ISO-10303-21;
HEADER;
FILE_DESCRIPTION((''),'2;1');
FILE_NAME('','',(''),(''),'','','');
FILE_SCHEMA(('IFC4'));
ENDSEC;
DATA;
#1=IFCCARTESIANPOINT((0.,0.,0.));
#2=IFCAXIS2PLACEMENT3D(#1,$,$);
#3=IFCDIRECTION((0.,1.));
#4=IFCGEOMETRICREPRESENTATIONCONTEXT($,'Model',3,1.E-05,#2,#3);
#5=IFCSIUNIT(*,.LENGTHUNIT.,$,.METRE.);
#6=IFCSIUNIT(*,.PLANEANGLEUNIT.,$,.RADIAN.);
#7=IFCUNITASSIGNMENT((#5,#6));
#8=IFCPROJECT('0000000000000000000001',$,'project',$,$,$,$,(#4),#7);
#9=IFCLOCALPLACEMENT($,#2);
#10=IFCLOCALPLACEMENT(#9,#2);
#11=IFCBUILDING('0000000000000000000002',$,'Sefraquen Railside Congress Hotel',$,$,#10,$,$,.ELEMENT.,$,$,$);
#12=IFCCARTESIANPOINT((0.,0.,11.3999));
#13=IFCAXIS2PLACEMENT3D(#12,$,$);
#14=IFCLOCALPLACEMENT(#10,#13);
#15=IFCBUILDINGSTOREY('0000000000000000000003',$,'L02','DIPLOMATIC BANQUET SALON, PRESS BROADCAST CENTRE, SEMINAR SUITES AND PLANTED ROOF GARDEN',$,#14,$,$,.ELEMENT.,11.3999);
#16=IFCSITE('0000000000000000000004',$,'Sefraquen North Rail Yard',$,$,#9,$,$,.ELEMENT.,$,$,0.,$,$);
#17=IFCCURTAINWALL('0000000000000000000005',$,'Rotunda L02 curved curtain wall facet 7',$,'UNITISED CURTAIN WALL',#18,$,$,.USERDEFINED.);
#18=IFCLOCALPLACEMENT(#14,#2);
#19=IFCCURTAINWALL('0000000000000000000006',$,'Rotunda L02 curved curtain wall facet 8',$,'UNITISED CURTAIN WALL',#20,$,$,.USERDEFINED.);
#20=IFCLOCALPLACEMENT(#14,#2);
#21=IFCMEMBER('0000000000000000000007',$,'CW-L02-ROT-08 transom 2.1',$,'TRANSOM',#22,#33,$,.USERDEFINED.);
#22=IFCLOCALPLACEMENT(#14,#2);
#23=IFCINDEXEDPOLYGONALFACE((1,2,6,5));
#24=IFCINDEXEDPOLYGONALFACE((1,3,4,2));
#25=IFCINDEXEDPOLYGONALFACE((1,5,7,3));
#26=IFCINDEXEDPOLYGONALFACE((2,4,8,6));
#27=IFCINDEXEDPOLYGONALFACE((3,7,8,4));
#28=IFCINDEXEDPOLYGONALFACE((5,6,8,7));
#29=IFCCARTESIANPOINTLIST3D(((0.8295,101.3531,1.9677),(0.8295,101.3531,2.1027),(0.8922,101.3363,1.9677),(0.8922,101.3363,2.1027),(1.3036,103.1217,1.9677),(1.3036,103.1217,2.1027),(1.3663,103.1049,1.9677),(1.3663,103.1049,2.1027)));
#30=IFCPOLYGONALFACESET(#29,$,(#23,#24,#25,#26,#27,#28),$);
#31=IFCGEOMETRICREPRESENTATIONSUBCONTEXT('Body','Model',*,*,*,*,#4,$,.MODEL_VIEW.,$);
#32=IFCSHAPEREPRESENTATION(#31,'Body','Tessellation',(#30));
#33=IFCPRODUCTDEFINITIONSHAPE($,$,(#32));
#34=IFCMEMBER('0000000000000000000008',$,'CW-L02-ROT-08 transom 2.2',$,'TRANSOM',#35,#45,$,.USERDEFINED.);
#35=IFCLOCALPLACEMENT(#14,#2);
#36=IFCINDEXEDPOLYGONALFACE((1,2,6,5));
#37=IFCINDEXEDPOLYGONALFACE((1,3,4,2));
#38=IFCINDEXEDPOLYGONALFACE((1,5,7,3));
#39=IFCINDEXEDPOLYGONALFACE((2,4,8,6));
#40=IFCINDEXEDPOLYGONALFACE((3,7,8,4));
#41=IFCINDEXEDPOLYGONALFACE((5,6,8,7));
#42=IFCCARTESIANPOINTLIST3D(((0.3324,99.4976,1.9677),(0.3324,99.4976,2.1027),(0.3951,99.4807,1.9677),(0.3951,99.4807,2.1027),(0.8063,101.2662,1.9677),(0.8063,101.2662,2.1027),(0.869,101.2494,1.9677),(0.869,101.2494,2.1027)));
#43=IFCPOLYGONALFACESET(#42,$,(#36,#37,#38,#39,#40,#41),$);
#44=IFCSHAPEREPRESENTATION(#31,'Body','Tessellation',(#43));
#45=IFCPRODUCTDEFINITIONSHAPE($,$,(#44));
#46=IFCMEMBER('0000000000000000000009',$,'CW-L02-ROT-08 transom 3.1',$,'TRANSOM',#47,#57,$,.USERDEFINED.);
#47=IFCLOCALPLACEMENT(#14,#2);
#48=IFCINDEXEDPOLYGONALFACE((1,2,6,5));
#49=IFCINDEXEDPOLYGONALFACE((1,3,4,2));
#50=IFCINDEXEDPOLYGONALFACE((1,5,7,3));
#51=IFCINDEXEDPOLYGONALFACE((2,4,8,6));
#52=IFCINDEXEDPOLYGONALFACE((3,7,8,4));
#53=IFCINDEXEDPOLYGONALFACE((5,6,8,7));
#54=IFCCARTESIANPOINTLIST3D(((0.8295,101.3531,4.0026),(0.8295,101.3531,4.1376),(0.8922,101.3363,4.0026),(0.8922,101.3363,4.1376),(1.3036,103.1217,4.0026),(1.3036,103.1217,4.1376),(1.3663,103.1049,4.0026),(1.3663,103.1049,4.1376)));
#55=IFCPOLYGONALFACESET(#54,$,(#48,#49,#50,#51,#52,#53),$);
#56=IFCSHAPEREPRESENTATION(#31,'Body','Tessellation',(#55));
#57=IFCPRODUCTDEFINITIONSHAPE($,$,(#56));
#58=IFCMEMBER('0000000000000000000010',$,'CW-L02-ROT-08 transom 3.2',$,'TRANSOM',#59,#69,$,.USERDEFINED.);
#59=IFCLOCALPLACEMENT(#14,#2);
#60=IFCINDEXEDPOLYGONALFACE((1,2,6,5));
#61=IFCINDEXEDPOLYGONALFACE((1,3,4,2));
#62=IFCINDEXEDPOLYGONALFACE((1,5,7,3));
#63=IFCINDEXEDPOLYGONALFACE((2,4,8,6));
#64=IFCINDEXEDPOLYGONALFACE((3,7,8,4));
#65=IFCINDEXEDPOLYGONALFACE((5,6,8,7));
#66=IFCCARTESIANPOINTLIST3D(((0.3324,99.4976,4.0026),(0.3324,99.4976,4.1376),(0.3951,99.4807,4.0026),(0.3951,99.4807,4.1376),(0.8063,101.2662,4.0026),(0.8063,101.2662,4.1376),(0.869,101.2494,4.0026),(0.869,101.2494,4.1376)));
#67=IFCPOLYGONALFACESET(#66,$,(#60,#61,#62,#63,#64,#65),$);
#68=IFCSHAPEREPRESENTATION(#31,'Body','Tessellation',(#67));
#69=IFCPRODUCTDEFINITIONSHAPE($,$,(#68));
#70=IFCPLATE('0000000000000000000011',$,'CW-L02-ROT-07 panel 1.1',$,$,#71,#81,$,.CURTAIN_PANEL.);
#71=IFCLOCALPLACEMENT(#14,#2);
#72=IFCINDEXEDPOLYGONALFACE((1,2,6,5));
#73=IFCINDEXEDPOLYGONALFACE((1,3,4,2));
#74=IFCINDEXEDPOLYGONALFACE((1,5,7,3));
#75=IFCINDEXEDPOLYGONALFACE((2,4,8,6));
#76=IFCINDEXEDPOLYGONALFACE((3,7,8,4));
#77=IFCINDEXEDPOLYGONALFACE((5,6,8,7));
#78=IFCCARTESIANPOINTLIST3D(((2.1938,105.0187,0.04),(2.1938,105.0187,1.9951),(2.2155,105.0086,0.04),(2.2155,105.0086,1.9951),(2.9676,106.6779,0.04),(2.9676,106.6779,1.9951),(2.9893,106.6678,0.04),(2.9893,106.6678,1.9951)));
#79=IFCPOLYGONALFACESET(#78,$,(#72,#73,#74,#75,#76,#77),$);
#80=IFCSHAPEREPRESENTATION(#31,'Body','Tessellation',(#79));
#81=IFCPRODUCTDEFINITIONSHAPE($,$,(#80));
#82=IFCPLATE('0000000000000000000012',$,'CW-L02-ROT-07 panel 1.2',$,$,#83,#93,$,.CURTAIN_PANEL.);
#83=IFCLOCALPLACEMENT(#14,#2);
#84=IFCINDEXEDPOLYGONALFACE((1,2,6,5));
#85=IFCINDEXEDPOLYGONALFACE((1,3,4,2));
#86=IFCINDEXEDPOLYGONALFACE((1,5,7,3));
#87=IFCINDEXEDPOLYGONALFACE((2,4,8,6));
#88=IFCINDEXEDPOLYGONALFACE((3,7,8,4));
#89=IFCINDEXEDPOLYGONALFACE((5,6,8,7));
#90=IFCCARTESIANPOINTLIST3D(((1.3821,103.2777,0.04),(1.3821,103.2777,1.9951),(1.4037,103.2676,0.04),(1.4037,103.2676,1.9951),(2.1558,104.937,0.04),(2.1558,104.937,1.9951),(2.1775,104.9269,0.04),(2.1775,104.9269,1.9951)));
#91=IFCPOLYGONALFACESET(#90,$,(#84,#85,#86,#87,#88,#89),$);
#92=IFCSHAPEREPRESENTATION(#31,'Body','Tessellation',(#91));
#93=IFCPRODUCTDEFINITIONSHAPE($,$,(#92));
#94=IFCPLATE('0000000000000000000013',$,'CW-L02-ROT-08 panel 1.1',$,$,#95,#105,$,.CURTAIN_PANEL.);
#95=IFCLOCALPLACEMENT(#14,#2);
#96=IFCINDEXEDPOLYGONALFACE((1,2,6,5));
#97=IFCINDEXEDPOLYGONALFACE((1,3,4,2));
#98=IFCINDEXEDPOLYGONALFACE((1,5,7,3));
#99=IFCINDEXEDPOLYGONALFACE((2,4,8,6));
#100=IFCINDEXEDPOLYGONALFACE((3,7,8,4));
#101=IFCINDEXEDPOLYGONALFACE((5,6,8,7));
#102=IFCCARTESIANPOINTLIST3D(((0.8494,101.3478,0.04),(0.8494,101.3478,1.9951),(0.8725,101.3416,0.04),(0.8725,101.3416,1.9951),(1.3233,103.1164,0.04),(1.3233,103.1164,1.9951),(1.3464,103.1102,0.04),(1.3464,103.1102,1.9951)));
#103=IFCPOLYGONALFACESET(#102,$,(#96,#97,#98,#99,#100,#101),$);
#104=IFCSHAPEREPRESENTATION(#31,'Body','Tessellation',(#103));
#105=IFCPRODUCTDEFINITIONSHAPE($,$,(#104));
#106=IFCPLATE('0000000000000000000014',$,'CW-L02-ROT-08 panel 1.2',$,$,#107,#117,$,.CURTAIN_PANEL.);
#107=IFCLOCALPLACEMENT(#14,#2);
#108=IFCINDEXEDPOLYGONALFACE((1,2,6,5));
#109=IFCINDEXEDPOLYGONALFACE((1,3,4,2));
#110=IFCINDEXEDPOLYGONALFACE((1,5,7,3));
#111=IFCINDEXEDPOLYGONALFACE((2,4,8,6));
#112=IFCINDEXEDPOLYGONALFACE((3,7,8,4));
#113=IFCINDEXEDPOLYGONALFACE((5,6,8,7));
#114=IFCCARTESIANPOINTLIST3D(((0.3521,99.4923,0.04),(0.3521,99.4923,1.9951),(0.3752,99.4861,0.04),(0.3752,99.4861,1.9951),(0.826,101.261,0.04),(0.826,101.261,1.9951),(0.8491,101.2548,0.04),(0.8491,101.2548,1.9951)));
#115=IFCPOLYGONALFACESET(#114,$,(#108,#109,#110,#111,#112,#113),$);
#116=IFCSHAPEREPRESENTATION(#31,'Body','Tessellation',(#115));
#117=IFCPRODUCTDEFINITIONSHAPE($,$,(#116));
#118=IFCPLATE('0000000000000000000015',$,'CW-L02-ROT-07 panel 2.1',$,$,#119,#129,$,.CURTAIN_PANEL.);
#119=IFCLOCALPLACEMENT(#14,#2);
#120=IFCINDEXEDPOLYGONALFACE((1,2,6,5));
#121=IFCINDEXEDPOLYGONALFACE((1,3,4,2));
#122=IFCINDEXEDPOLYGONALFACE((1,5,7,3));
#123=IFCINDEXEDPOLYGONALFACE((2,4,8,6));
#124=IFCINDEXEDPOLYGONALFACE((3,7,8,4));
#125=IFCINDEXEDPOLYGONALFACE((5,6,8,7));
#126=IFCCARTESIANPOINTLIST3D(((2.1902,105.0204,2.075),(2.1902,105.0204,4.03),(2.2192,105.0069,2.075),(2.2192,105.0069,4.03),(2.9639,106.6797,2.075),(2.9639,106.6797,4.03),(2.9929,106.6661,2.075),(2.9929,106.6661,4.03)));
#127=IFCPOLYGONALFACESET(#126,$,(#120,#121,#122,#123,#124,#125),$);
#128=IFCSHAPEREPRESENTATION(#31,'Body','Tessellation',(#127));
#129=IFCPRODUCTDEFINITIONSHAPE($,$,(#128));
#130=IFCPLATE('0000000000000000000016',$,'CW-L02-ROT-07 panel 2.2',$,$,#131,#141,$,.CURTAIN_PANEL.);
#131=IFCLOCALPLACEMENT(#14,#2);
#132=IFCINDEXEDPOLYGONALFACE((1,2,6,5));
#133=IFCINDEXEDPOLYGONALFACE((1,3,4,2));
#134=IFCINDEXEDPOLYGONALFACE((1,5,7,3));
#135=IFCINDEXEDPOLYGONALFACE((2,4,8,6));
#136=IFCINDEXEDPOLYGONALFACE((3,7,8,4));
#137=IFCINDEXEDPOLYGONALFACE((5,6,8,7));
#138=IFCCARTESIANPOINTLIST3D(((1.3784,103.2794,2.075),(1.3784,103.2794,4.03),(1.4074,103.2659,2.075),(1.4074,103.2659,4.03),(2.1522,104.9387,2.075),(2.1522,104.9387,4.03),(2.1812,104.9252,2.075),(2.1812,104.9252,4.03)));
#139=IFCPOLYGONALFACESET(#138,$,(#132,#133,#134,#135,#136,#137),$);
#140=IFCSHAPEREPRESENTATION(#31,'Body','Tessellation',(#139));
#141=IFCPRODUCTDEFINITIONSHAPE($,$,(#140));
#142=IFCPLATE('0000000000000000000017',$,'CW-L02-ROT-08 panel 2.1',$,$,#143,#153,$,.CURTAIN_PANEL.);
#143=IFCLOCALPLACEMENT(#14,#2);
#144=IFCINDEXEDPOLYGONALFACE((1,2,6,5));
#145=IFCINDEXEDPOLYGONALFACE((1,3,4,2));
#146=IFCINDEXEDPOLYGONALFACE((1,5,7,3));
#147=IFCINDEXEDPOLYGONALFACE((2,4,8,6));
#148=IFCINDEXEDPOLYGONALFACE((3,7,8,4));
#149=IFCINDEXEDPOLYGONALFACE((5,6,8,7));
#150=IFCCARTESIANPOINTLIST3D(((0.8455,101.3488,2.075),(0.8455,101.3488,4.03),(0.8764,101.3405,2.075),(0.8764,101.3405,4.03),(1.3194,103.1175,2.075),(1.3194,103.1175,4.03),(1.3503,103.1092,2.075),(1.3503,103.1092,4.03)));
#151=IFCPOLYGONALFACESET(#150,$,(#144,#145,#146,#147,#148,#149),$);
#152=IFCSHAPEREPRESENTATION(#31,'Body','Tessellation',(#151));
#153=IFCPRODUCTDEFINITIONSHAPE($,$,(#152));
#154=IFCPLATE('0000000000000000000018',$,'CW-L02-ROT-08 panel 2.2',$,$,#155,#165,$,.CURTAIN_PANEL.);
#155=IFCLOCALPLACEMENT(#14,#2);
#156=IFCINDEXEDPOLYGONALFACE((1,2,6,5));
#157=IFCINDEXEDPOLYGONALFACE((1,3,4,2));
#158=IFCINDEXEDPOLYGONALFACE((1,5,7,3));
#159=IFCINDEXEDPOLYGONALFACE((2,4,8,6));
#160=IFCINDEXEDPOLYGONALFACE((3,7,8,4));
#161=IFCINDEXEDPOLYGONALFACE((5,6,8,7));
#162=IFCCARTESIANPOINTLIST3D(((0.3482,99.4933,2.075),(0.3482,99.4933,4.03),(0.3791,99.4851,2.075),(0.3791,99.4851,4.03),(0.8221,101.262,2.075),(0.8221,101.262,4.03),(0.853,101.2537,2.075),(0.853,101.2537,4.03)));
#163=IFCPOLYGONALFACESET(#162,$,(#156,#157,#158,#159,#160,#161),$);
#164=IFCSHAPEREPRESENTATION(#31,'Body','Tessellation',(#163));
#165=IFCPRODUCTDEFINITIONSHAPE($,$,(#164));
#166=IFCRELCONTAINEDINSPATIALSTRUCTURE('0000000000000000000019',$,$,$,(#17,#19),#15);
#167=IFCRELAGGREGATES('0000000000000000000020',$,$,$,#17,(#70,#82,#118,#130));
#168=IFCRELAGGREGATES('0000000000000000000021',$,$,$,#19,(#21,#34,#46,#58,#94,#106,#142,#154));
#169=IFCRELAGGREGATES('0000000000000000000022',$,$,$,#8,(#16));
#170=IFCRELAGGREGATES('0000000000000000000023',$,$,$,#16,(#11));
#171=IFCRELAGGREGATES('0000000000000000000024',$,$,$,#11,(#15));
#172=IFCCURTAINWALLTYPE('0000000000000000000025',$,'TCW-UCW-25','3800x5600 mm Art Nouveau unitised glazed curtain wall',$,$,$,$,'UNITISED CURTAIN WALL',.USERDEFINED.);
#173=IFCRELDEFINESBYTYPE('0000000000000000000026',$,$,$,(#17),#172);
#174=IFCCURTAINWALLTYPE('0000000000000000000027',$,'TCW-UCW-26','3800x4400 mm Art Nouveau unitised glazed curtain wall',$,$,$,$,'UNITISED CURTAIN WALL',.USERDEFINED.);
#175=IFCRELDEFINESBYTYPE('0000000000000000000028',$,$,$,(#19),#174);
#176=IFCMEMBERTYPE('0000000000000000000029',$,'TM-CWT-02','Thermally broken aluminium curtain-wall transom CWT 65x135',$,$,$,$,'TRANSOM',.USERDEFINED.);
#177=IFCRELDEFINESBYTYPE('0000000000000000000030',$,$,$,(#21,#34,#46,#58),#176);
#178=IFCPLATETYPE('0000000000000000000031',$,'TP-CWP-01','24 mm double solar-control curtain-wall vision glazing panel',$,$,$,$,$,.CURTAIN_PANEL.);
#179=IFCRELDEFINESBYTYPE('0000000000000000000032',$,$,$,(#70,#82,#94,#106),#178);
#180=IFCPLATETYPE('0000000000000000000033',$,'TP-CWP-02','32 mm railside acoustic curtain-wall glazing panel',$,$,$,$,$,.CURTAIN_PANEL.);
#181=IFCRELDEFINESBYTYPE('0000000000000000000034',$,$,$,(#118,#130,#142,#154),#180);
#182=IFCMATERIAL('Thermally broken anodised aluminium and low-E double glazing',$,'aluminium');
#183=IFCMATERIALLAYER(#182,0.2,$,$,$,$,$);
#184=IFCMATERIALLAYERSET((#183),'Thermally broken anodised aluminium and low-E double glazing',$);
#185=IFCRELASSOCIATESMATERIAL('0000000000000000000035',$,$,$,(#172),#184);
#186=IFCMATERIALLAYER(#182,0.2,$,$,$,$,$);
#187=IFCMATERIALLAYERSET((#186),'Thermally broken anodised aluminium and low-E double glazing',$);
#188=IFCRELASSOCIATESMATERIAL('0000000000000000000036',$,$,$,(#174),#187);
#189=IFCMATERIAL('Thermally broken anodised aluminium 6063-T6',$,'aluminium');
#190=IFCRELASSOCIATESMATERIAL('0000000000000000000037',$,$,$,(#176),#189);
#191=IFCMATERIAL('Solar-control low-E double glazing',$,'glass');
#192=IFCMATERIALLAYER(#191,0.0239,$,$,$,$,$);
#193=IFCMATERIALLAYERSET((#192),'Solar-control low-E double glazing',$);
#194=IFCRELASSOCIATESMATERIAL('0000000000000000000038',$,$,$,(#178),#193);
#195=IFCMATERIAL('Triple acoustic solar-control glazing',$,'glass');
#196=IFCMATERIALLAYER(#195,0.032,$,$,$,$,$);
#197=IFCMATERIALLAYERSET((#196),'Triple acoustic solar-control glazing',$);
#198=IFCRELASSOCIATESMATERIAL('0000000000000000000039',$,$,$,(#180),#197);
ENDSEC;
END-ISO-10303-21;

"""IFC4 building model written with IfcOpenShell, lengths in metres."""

from ifc_helpers import new_model, si_unit, direction, frame, origin, origin_2d, place, context, subcontext, project, spatial, rectangle, extrude, material, layer, layer_set, material_profile, profile_set, type_object, element, aggregate, save


model = new_model("IFC4")

# Units and contexts
model_context = context("Model", 3, precision=1e-05, world=origin(), true_north=direction((0.0, 1.0)))
body_context = subcontext(model_context, "Body", "Model", "MODEL_VIEW")
ifc_project = project(units=[si_unit("LENGTHUNIT", "METRE"), si_unit("PLANEANGLEUNIT", "RADIAN")], contexts=[model_context])

# Site, building, storey
site_placement = place(None, origin())
site = spatial("IfcSite", under=ifc_project, at=site_placement, Name="Sefraquen North Rail Yard", CompositionType="ELEMENT", RefElevation=0.0)
building_placement = place(site_placement, origin())
building = spatial("IfcBuilding", under=site, at=building_placement, Name="Sefraquen Railside Congress Hotel", CompositionType="ELEMENT")
storey_placement = place(building_placement, frame((0.0, 0.0, 11.3999)))
storey = spatial("IfcBuildingStorey", under=building, at=storey_placement, Name="L02", Description="DIPLOMATIC BANQUET SALON, PRESS BROADCAST CENTRE, SEMINAR SUITES AND PLANTED ROOF GARDEN", CompositionType="ELEMENT", Elevation=11.3999)

# Curtain walls
ifc_material_1 = material(Name="Thermally broken anodised aluminium and low-E double glazing", Category="aluminium")
ifc_layer_1 = layer(ifc_material_1, 0.2)
ifc_layer_set_1 = layer_set([ifc_layer_1], Name="Thermally broken anodised aluminium and low-E double glazing")
curtain_wall_type_1 = type_object("IfcCurtainWallType", Name="TCW-UCW-25", Description="3800x5600 mm Art Nouveau unitised glazed curtain wall", ElementType="UNITISED CURTAIN WALL", PredefinedType="USERDEFINED", material=ifc_layer_set_1)
curtain_wall_1_placement = place(storey_placement, origin())
curtain_wall_1 = element("IfcCurtainWall", 1, at=curtain_wall_1_placement, inside=storey, type_object=curtain_wall_type_1, Name="Rotunda L02 curved curtain wall facet 7", ObjectType="UNITISED CURTAIN WALL", PredefinedType="USERDEFINED")
ifc_material_2 = material(Name="Thermally broken anodised aluminium 6063-T6", Category="aluminium")
ifc_layer_2 = layer(ifc_material_1, 0.2)
ifc_layer_set_2 = layer_set([ifc_layer_2], Name="Thermally broken anodised aluminium and low-E double glazing")
curtain_wall_type_2 = type_object("IfcCurtainWallType", Name="TCW-UCW-26", Description="3800x4400 mm Art Nouveau unitised glazed curtain wall", ElementType="UNITISED CURTAIN WALL", PredefinedType="USERDEFINED", material=ifc_layer_set_2)
curtain_wall_2_placement = place(storey_placement, origin())
curtain_wall_2 = element("IfcCurtainWall", 2, at=curtain_wall_2_placement, inside=storey, type_object=curtain_wall_type_2, Name="Rotunda L02 curved curtain wall facet 8", ObjectType="UNITISED CURTAIN WALL", PredefinedType="USERDEFINED")

# Members
ifc_material_profile_1 = material_profile(ifc_material_2, rectangle(XDim=0.0649, YDim=0.135, at=origin_2d()), Name="CWT 65x135")
ifc_profile_set_1 = profile_set([ifc_material_profile_1], Name="Thermally broken anodised aluminium 6063-T6")
member_type_1 = type_object("IfcMemberType", Name="TM-CWT-02", Description="Thermally broken aluminium curtain-wall transom CWT 65x135", ElementType="TRANSOM", PredefinedType="USERDEFINED", material=ifc_profile_set_1)
member_1_placement = place(storey_placement, frame((1.335, 103.1133, 2.0352), z_axis=(-0.25894, -0.965893, 0.0), x_axis=(0.965893, -0.25894, 0.0)))
member_1 = element("IfcMember", 3, at=member_1_placement, type_object=member_type_1, Name="CW-L02-ROT-08 transom 2.1", ObjectType="TRANSOM", PredefinedType="USERDEFINED", context=body_context, shape_type="SweptSolid", body=[
    extrude(rectangle(XDim=0.0649, YDim=0.135, at=origin_2d()), origin(), (0.0, 0.0, 1.0), 1.8311),
])
member_2_placement = place(storey_placement, frame((0.8376, 101.2578, 2.0352), z_axis=(-0.258816, -0.965927, 0.0), x_axis=(0.965927, -0.258816, 0.0)))
member_2 = element("IfcMember", 4, at=member_2_placement, type_object=member_type_1, Name="CW-L02-ROT-08 transom 2.2", ObjectType="TRANSOM", PredefinedType="USERDEFINED", context=body_context, shape_type="SweptSolid", body=[
    extrude(rectangle(XDim=0.0649, YDim=0.135, at=origin_2d()), origin(), (0.0, 0.0, 1.0), 1.8311),
])
member_3_placement = place(storey_placement, frame((1.335, 103.1133, 4.0701), z_axis=(-0.25894, -0.965893, 0.0), x_axis=(0.965893, -0.25894, 0.0)))
member_3 = element("IfcMember", 5, at=member_3_placement, type_object=member_type_1, Name="CW-L02-ROT-08 transom 3.1", ObjectType="TRANSOM", PredefinedType="USERDEFINED", context=body_context, shape_type="SweptSolid", body=[
    extrude(rectangle(XDim=0.0649, YDim=0.135, at=origin_2d()), origin(), (0.0, 0.0, 1.0), 1.8311),
])
member_4_placement = place(storey_placement, frame((0.8376, 101.2578, 4.0701), z_axis=(-0.258816, -0.965927, 0.0), x_axis=(0.965927, -0.258816, 0.0)))
member_4 = element("IfcMember", 6, at=member_4_placement, type_object=member_type_1, Name="CW-L02-ROT-08 transom 3.2", ObjectType="TRANSOM", PredefinedType="USERDEFINED", context=body_context, shape_type="SweptSolid", body=[
    extrude(rectangle(XDim=0.0649, YDim=0.135, at=origin_2d()), origin(), (0.0, 0.0, 1.0), 1.8311),
])

# Plates
ifc_material_3 = material(Name="Solar-control low-E double glazing", Category="glass")
ifc_layer_3 = layer(ifc_material_3, 0.0239)
ifc_layer_set_3 = layer_set([ifc_layer_3], Name="Solar-control low-E double glazing")
plate_type_1 = type_object("IfcPlateType", Name="TP-CWP-01", Description="24 mm double solar-control curtain-wall vision glazing panel", PredefinedType="CURTAIN_PANEL", material=ifc_layer_set_3)
plate_1_placement = place(storey_placement, frame((2.5916, 105.8433, 0.04), z_axis=(0.0, 0.0, 1.0), x_axis=(-0.422634, -0.9063, 0.0)))
plate_1 = element("IfcPlate", 7, at=plate_1_placement, type_object=plate_type_1, Name="CW-L02-ROT-07 panel 1.1", PredefinedType="CURTAIN_PANEL", context=body_context, shape_type="SweptSolid", body=[
    extrude(rectangle(XDim=1.8308, YDim=0.0239, at=origin_2d()), origin(), (0.0, 0.0, 1.0), 1.9551),
])
plate_2_placement = place(storey_placement, frame((1.7798, 104.1023, 0.04), z_axis=(0.0, 0.0, 1.0), x_axis=(-0.422634, -0.9063, 0.0)))
plate_2 = element("IfcPlate", 8, at=plate_2_placement, type_object=plate_type_1, Name="CW-L02-ROT-07 panel 1.2", PredefinedType="CURTAIN_PANEL", context=body_context, shape_type="SweptSolid", body=[
    extrude(rectangle(XDim=1.8308, YDim=0.0239, at=origin_2d()), origin(), (0.0, 0.0, 1.0), 1.9551),
])
plate_3_placement = place(storey_placement, frame((1.0979, 102.229, 0.04), z_axis=(0.0, 0.0, 1.0), x_axis=(-0.258785, -0.965935, 0.0)))
plate_3 = element("IfcPlate", 9, at=plate_3_placement, type_object=plate_type_1, Name="CW-L02-ROT-08 panel 1.1", PredefinedType="CURTAIN_PANEL", context=body_context, shape_type="SweptSolid", body=[
    extrude(rectangle(XDim=1.8311, YDim=0.0239, at=origin_2d()), origin(), (0.0, 0.0, 1.0), 1.9551),
])
plate_4_placement = place(storey_placement, frame((0.6006, 100.3735, 0.04), z_axis=(0.0, 0.0, 1.0), x_axis=(-0.258785, -0.965935, 0.0)))
plate_4 = element("IfcPlate", 10, at=plate_4_placement, type_object=plate_type_1, Name="CW-L02-ROT-08 panel 1.2", PredefinedType="CURTAIN_PANEL", context=body_context, shape_type="SweptSolid", body=[
    extrude(rectangle(XDim=1.8311, YDim=0.0239, at=origin_2d()), origin(), (0.0, 0.0, 1.0), 1.9551),
])
ifc_material_4 = material(Name="Triple acoustic solar-control glazing", Category="glass")
ifc_layer_4 = layer(ifc_material_4, 0.032)
ifc_layer_set_4 = layer_set([ifc_layer_4], Name="Triple acoustic solar-control glazing")
plate_type_2 = type_object("IfcPlateType", Name="TP-CWP-02", Description="32 mm railside acoustic curtain-wall glazing panel", PredefinedType="CURTAIN_PANEL", material=ifc_layer_set_4)
plate_5_placement = place(storey_placement, frame((2.5916, 105.8433, 2.075), z_axis=(0.0, 0.0, 1.0), x_axis=(-0.422634, -0.9063, 0.0)))
plate_5 = element("IfcPlate", 11, at=plate_5_placement, type_object=plate_type_2, Name="CW-L02-ROT-07 panel 2.1", PredefinedType="CURTAIN_PANEL", context=body_context, shape_type="SweptSolid", body=[
    extrude(rectangle(XDim=1.8308, YDim=0.032, at=origin_2d()), origin(), (0.0, 0.0, 1.0), 1.9551),
])
plate_6_placement = place(storey_placement, frame((1.7798, 104.1023, 2.075), z_axis=(0.0, 0.0, 1.0), x_axis=(-0.422634, -0.9063, 0.0)))
plate_6 = element("IfcPlate", 12, at=plate_6_placement, type_object=plate_type_2, Name="CW-L02-ROT-07 panel 2.2", PredefinedType="CURTAIN_PANEL", context=body_context, shape_type="SweptSolid", body=[
    extrude(rectangle(XDim=1.8308, YDim=0.032, at=origin_2d()), origin(), (0.0, 0.0, 1.0), 1.9551),
])
aggregate(curtain_wall_1, [plate_1, plate_2, plate_5, plate_6])
plate_7_placement = place(storey_placement, frame((1.0979, 102.229, 2.075), z_axis=(0.0, 0.0, 1.0), x_axis=(-0.258785, -0.965935, 0.0)))
plate_7 = element("IfcPlate", 13, at=plate_7_placement, type_object=plate_type_2, Name="CW-L02-ROT-08 panel 2.1", PredefinedType="CURTAIN_PANEL", context=body_context, shape_type="SweptSolid", body=[
    extrude(rectangle(XDim=1.8311, YDim=0.032, at=origin_2d()), origin(), (0.0, 0.0, 1.0), 1.9551),
])
plate_8_placement = place(storey_placement, frame((0.6006, 100.3735, 2.075), z_axis=(0.0, 0.0, 1.0), x_axis=(-0.258785, -0.965935, 0.0)))
plate_8 = element("IfcPlate", 14, at=plate_8_placement, type_object=plate_type_2, Name="CW-L02-ROT-08 panel 2.2", PredefinedType="CURTAIN_PANEL", context=body_context, shape_type="SweptSolid", body=[
    extrude(rectangle(XDim=1.8311, YDim=0.032, at=origin_2d()), origin(), (0.0, 0.0, 1.0), 1.9551),
])
aggregate(curtain_wall_2, [member_1, member_2, member_3, member_4, plate_3, plate_4, plate_7, plate_8])

save(model, "model.ifc")
